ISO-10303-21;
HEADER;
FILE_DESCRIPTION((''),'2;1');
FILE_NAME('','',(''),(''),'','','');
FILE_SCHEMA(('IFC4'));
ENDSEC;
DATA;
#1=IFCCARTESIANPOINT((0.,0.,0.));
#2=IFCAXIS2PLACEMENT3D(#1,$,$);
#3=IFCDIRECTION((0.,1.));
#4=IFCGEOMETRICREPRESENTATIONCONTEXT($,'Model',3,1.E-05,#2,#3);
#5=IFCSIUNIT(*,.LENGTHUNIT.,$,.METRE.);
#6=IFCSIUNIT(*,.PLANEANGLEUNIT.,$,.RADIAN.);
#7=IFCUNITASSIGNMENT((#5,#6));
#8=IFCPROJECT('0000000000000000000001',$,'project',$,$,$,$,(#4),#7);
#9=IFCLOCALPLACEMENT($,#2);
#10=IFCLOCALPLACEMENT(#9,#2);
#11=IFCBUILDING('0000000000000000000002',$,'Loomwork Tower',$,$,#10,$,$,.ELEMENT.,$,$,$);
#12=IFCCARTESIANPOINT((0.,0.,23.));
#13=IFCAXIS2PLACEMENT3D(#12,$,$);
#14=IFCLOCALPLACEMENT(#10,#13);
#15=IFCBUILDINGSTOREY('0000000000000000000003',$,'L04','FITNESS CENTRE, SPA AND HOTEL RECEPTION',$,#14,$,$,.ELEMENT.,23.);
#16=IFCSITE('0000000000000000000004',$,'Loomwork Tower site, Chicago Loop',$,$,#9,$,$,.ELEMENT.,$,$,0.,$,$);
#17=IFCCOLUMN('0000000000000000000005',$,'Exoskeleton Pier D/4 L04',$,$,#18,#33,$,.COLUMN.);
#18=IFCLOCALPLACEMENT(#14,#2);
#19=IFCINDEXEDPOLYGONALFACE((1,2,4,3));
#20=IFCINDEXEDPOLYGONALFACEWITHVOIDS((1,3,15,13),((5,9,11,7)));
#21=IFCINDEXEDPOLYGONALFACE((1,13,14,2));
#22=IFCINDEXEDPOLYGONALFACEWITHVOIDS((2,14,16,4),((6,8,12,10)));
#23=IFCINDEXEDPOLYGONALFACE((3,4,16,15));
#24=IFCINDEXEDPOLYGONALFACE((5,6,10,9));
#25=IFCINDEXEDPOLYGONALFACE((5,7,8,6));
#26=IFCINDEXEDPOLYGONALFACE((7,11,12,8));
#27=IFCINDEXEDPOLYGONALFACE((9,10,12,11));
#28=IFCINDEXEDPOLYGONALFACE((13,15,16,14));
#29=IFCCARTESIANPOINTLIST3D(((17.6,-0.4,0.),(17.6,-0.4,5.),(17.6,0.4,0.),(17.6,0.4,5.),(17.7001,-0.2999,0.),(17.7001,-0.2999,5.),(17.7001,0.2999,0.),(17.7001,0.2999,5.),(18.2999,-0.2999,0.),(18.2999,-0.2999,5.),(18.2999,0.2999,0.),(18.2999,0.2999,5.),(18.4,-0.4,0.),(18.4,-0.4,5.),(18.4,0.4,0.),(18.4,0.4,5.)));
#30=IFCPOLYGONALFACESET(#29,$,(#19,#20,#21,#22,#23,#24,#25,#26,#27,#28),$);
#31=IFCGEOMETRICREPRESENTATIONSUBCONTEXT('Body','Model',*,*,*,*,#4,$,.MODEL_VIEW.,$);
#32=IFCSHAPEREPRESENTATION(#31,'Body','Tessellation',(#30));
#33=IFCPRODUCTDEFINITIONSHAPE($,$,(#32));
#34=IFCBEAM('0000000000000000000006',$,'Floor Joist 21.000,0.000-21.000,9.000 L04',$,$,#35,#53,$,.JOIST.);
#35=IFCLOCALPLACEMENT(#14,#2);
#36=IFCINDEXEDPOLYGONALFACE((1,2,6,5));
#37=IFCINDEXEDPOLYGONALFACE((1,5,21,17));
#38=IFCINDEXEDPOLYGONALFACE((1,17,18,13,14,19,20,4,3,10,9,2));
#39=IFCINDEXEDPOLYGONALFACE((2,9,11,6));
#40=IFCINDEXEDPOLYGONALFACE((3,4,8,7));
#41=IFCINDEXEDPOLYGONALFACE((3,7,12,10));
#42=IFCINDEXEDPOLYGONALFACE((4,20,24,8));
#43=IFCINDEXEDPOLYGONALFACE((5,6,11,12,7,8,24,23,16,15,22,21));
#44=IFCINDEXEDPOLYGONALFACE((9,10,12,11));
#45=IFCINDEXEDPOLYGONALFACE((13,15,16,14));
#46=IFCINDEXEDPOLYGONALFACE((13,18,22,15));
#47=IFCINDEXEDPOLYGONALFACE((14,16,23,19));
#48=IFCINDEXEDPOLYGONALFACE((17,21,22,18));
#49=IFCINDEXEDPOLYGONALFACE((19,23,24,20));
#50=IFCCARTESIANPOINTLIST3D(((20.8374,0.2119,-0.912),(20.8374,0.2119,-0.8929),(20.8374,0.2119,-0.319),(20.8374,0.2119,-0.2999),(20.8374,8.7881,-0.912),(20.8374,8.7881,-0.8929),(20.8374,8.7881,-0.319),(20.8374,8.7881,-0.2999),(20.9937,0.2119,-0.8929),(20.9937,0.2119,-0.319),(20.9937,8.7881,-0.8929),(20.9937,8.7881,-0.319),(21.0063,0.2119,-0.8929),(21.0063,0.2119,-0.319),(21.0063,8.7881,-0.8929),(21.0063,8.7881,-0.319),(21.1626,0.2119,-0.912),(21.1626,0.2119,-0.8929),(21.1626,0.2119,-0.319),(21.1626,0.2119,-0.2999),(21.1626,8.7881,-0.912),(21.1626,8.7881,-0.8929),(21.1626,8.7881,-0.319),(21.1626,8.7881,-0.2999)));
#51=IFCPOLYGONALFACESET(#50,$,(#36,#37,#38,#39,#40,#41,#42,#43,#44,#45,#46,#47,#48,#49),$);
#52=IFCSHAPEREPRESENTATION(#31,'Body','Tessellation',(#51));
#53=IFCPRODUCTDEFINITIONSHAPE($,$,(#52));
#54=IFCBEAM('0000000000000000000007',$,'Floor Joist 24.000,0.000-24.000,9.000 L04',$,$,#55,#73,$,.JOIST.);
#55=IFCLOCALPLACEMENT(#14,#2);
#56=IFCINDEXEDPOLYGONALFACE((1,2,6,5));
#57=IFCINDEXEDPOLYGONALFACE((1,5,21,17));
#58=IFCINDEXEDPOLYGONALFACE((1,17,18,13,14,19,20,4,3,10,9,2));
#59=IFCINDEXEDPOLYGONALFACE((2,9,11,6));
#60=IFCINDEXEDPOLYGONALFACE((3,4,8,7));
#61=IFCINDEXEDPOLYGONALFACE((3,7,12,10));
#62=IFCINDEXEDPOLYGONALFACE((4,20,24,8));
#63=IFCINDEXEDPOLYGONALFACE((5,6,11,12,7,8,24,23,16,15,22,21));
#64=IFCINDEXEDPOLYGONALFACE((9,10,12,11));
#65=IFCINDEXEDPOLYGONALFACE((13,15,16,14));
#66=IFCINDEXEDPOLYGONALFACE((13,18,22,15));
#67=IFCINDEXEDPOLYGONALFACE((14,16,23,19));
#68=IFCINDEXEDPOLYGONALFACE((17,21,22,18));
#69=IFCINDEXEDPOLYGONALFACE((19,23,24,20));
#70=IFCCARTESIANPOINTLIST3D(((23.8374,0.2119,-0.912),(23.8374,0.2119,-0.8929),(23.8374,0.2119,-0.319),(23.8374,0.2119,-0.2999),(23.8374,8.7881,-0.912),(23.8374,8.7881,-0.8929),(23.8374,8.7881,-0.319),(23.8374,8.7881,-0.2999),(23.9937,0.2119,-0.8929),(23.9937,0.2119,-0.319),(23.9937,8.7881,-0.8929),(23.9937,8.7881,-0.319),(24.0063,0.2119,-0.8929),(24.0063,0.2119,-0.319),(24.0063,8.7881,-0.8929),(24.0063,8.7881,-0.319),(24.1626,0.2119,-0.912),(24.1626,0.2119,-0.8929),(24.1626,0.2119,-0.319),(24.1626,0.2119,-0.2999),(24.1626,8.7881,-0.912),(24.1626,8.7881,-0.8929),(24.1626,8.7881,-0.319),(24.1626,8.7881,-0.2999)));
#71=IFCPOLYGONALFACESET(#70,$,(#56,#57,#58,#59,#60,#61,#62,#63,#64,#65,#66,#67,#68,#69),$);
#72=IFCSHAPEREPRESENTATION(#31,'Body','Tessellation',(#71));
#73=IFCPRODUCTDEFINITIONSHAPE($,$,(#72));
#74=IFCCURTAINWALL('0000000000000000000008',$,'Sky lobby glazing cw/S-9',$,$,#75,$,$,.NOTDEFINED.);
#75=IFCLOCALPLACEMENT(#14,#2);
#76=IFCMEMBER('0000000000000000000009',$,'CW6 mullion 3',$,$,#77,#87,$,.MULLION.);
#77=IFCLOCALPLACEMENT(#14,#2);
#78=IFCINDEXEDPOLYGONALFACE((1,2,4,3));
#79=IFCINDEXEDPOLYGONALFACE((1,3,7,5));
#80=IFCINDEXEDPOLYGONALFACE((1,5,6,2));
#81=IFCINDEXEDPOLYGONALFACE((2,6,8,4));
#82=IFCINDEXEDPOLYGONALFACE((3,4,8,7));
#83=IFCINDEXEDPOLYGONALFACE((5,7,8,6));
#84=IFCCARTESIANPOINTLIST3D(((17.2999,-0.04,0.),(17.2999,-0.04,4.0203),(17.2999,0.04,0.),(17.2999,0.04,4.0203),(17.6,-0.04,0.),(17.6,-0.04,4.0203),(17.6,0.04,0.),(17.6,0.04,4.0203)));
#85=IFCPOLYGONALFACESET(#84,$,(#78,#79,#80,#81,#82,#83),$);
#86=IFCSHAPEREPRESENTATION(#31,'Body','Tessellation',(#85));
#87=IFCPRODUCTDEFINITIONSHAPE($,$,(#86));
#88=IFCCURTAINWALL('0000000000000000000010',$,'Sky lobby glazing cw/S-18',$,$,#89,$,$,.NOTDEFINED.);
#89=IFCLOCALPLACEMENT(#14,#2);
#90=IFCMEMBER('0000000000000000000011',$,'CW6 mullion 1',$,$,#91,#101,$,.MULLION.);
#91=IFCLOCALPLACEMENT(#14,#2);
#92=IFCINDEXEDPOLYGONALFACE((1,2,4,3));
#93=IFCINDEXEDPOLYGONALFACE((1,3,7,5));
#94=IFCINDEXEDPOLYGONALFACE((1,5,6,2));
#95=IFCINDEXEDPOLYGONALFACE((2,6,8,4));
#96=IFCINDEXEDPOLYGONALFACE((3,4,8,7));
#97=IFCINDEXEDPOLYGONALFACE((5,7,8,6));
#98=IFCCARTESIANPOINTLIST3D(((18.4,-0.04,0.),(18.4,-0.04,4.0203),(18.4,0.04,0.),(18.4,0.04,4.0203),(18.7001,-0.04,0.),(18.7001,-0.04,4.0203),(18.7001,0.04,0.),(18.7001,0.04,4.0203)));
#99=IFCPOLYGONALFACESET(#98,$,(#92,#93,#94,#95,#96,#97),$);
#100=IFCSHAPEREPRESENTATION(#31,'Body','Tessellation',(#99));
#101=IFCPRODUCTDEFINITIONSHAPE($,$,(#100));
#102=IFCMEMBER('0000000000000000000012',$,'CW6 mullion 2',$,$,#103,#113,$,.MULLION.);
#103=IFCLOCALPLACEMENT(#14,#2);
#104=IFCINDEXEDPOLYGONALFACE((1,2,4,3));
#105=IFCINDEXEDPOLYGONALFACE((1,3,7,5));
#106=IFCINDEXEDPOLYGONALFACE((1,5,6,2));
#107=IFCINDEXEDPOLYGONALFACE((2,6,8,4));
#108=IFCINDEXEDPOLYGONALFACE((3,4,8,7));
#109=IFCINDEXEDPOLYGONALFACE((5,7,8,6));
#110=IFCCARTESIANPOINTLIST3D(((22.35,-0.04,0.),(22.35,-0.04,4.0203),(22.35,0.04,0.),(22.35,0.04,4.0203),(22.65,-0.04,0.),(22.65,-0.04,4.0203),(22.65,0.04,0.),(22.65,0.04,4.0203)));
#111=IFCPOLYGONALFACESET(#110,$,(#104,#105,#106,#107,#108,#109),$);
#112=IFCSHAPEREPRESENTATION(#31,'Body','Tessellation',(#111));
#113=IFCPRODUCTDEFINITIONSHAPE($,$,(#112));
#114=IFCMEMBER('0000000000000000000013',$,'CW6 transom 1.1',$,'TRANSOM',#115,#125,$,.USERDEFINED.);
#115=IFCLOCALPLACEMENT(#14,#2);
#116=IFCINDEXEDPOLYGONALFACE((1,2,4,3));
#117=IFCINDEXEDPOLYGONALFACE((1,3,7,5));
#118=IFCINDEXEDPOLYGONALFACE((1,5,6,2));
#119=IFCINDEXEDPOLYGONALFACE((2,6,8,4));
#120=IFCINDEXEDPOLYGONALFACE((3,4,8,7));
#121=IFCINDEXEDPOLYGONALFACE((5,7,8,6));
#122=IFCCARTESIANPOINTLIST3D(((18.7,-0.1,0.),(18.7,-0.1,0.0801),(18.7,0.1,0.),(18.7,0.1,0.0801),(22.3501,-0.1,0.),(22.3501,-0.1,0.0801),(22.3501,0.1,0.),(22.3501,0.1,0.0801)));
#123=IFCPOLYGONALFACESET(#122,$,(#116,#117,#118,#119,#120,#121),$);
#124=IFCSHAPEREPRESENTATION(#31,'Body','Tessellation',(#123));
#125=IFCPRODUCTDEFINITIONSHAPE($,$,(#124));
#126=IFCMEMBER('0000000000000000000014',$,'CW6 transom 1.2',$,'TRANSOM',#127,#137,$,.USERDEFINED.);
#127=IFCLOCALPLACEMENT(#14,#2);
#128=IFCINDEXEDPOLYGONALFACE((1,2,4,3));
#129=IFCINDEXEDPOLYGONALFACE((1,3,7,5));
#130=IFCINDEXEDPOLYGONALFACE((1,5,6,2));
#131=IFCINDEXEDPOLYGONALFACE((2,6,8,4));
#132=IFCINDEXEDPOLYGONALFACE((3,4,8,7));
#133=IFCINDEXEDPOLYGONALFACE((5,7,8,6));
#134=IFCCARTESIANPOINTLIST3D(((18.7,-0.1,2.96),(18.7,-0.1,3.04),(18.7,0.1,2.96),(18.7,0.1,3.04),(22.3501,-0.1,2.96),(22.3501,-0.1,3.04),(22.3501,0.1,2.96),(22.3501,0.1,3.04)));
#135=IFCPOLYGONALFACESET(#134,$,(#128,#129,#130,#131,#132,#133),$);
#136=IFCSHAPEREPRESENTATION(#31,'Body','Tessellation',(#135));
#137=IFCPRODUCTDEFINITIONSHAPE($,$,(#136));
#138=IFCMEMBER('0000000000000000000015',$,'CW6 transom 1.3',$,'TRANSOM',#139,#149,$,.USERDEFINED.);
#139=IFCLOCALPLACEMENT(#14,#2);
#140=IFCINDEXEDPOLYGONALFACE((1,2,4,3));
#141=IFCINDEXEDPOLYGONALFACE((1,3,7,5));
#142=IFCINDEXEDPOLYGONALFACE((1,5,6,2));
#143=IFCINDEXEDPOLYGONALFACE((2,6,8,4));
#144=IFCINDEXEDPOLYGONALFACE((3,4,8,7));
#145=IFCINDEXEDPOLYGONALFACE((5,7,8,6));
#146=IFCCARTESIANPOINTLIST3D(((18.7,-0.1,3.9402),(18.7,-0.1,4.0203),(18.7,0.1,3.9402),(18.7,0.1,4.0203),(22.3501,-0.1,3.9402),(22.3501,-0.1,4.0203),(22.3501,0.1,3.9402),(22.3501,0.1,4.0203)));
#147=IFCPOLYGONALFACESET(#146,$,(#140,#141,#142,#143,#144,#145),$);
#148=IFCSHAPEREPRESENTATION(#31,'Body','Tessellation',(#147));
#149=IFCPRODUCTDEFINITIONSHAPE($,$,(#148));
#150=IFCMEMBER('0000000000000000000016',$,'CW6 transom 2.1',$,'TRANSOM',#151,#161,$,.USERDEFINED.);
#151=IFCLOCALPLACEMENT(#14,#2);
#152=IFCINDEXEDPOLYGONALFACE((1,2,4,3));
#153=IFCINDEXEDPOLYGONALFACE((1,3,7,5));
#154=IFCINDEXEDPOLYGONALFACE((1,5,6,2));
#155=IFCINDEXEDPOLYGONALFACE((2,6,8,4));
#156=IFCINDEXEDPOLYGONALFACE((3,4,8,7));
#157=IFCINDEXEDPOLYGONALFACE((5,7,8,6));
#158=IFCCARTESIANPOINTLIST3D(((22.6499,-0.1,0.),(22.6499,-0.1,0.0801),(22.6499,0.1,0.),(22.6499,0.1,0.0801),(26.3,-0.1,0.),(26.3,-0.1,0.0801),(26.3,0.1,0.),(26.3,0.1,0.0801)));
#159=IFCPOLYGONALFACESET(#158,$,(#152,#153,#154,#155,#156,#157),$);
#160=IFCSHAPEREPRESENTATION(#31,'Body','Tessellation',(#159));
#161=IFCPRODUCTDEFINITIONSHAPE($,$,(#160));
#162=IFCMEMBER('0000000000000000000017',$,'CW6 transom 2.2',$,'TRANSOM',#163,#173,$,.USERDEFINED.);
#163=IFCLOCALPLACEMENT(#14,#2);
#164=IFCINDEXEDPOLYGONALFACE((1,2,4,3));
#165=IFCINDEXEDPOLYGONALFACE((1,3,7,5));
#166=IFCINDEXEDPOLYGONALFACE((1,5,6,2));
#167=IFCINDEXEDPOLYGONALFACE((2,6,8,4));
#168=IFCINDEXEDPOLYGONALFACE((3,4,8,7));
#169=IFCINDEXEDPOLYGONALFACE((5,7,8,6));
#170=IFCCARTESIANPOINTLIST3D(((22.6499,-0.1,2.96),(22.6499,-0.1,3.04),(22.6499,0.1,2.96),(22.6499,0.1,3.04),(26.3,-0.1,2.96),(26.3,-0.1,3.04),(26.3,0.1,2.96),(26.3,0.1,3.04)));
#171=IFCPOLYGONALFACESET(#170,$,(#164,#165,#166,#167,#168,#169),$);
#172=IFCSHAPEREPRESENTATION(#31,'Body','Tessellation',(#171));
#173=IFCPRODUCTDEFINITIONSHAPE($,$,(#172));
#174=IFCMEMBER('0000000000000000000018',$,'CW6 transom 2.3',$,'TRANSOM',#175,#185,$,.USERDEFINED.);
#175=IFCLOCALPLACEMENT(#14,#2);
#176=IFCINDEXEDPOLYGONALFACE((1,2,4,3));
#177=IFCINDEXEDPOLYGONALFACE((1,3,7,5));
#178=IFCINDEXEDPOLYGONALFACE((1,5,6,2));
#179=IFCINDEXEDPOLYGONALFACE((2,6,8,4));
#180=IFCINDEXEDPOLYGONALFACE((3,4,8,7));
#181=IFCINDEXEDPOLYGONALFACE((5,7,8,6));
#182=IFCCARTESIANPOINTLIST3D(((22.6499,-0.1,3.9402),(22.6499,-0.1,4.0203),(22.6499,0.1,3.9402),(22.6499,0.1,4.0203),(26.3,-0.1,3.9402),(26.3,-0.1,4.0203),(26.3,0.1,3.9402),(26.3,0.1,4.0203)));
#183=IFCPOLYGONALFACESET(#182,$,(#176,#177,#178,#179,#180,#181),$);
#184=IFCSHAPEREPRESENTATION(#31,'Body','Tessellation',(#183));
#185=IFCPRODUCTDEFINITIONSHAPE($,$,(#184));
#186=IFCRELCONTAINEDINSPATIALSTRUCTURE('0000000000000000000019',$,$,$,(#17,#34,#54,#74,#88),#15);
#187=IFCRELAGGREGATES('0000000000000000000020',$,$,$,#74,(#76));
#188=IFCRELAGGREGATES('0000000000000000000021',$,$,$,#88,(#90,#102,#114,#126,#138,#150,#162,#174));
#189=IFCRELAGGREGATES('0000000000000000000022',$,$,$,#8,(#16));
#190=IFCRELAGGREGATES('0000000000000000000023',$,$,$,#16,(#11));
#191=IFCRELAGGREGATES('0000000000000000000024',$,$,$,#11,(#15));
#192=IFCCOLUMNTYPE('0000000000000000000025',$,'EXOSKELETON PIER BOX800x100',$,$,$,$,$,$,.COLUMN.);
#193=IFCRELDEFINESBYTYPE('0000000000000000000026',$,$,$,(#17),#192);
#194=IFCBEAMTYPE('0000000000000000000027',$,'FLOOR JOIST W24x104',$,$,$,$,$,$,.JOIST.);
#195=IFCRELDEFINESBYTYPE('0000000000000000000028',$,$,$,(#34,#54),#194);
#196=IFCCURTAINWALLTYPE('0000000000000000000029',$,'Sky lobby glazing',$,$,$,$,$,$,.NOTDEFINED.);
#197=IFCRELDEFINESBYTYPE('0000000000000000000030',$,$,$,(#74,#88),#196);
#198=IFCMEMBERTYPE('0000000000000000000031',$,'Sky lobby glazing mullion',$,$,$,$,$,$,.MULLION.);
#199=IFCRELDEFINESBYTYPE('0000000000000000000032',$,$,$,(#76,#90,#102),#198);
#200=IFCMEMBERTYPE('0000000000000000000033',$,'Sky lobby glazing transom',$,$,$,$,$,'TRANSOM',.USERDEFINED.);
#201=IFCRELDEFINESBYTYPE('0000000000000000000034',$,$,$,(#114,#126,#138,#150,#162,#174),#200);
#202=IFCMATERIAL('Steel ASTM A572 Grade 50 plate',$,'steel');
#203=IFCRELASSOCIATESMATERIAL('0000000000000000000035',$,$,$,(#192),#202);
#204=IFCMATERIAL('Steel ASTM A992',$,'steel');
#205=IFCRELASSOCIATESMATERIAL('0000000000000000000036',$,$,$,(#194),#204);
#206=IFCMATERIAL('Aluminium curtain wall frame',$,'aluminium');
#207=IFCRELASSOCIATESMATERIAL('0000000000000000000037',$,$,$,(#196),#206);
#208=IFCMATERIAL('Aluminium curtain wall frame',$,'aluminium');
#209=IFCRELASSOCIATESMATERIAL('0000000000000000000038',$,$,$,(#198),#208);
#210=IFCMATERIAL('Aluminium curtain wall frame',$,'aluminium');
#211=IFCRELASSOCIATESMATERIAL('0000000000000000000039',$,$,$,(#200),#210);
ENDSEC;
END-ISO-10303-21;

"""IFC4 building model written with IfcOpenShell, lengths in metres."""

from ifc_helpers import new_model, si_unit, direction, frame, origin, origin_2d, place, context, subcontext, project, spatial, rectangle, hollow_rectangle, i_section, extrude, material, material_profile, profile_set, type_object, element, aggregate, save


model = new_model("IFC4")

# Units and contexts
model_context = context("Model", 3, precision=1e-05, world=origin(), true_north=direction((0.0, 1.0)))
body_context = subcontext(model_context, "Body", "Model", "MODEL_VIEW")
ifc_project = project(units=[si_unit("LENGTHUNIT", "METRE"), si_unit("PLANEANGLEUNIT", "RADIAN")], contexts=[model_context])

# Site, building, storey
site_placement = place(None, origin())
site = spatial("IfcSite", under=ifc_project, at=site_placement, Name="Loomwork Tower site, Chicago Loop", CompositionType="ELEMENT", RefElevation=0.0)
building_placement = place(site_placement, origin())
building = spatial("IfcBuilding", under=site, at=building_placement, Name="Loomwork Tower", CompositionType="ELEMENT")
storey_placement = place(building_placement, frame((0.0, 0.0, 23.0)))
storey = spatial("IfcBuildingStorey", under=building, at=storey_placement, Name="L04", Description="FITNESS CENTRE, SPA AND HOTEL RECEPTION", CompositionType="ELEMENT", Elevation=23.0)

# Column
ifc_material_1 = material(Name="Steel ASTM A572 Grade 50 plate", Category="steel")
ifc_material_profile_1 = material_profile(ifc_material_1, hollow_rectangle(XDim=0.8, YDim=0.8, WallThickness=0.1001, at=origin_2d()), Name="BOX800x100")
ifc_profile_set_1 = profile_set([ifc_material_profile_1], Name="Steel ASTM A572 Grade 50 plate")
column_type = type_object("IfcColumnType", Name="EXOSKELETON PIER BOX800x100", PredefinedType="COLUMN", material=ifc_profile_set_1)
column_placement = place(storey_placement, frame((18.0, 0.0, 0.0), z_axis=(0.0, 0.0, 1.0), x_axis=(1.0, 0.0, 0.0)))
element("IfcColumn", 1, at=column_placement, inside=storey, type_object=column_type, Name="Exoskeleton Pier D/4 L04", PredefinedType="COLUMN", context=body_context, shape_type="SweptSolid", body=[
    extrude(hollow_rectangle(XDim=0.8, YDim=0.8, WallThickness=0.1001, at=origin_2d()), origin(), (0.0, 0.0, 1.0), 5.0),
])

# Beams
ifc_material_2 = material(Name="Steel ASTM A992", Category="steel")
ifc_material_profile_2 = material_profile(ifc_material_2, i_section(OverallWidth=0.3252, OverallDepth=0.6121, WebThickness=0.0127, FlangeThickness=0.019, at=origin_2d()), Name="W24x104")
ifc_profile_set_2 = profile_set([ifc_material_profile_2], Name="Steel ASTM A992")
beam_type_1 = type_object("IfcBeamType", Name="FLOOR JOIST W24x104", PredefinedType="JOIST", material=ifc_profile_set_2)
for number, where, z_axis, x_axis, name in (
    (2, (21.0, 0.2119, -0.606), (0.0, 1.0, 0.0), (-1.0, 0.0, 0.0), "Floor Joist 21.000,0.000-21.000,9.000 L04"),
    (3, (24.0, 0.2119, -0.606), (0.0, 1.0, 0.0), (-1.0, 0.0, 0.0), "Floor Joist 24.000,0.000-24.000,9.000 L04"),
):
    element("IfcBeam", number, at=place(storey_placement, frame(where, z_axis=z_axis, x_axis=x_axis)), inside=storey, type_object=beam_type_1, Name=name, PredefinedType="JOIST", context=body_context, shape_type="SweptSolid", body=[
        extrude(i_section(OverallWidth=0.3252, OverallDepth=0.6121, WebThickness=0.0127, FlangeThickness=0.019, at=origin_2d()), origin(), (0.0, 0.0, 1.0), 8.5762),
    ])

# Curtain wall, member
ifc_material_3 = material(Name="Aluminium curtain wall frame", Category="aluminium")
curtain_wall_type = type_object("IfcCurtainWallType", Name="Sky lobby glazing", PredefinedType="NOTDEFINED", material=ifc_material_3)
curtain_wall_1_placement = place(storey_placement, origin())
curtain_wall_1 = element("IfcCurtainWall", 4, at=curtain_wall_1_placement, inside=storey, type_object=curtain_wall_type, Name="Sky lobby glazing cw/S-9", PredefinedType="NOTDEFINED")
ifc_material_4 = material(Name="Aluminium curtain wall frame", Category="aluminium")
ifc_material_profile_3 = material_profile(ifc_material_4, rectangle(XDim=0.0801, YDim=0.3, at=origin_2d()), Name="AL 80x300")
ifc_profile_set_3 = profile_set([ifc_material_profile_3], Name="Aluminium curtain wall frame")
member_type_1 = type_object("IfcMemberType", Name="Sky lobby glazing mullion", PredefinedType="MULLION", material=ifc_profile_set_3)
member_1_placement = place(storey_placement, frame((17.45, 0.0, 0.0), z_axis=(0.0, 0.0, 1.0), x_axis=(0.0, 1.0, 0.0)))
member_1 = element("IfcMember", 5, at=member_1_placement, type_object=member_type_1, Name="CW6 mullion 3", PredefinedType="MULLION", context=body_context, shape_type="SweptSolid", body=[
    extrude(rectangle(XDim=0.0801, YDim=0.3, at=origin_2d()), origin(), (0.0, 0.0, 1.0), 4.0203),
])

# Curtain wall, members
curtain_wall_2_placement = place(storey_placement, origin())
curtain_wall_2 = element("IfcCurtainWall", 6, at=curtain_wall_2_placement, inside=storey, type_object=curtain_wall_type, Name="Sky lobby glazing cw/S-18", PredefinedType="NOTDEFINED")
member_2_placement = place(storey_placement, frame((18.55, 0.0, 0.0), z_axis=(0.0, 0.0, 1.0), x_axis=(0.0, 1.0, 0.0)))
member_2 = element("IfcMember", 7, at=member_2_placement, type_object=member_type_1, Name="CW6 mullion 1", PredefinedType="MULLION", context=body_context, shape_type="SweptSolid", body=[
    extrude(rectangle(XDim=0.0801, YDim=0.3, at=origin_2d()), origin(), (0.0, 0.0, 1.0), 4.0203),
])
member_3_placement = place(storey_placement, frame((22.5, 0.0, 0.0), z_axis=(0.0, 0.0, 1.0), x_axis=(0.0, 1.0, 0.0)))
member_3 = element("IfcMember", 8, at=member_3_placement, type_object=member_type_1, Name="CW6 mullion 2", PredefinedType="MULLION", context=body_context, shape_type="SweptSolid", body=[
    extrude(rectangle(XDim=0.0801, YDim=0.3, at=origin_2d()), origin(), (0.0, 0.0, 1.0), 4.0203),
])
ifc_material_5 = material(Name="Aluminium curtain wall frame", Category="aluminium")
ifc_material_profile_4 = material_profile(ifc_material_5, rectangle(XDim=0.2, YDim=0.0801, at=origin_2d()), Name="AL 80x200")
ifc_profile_set_4 = profile_set([ifc_material_profile_4], Name="Aluminium curtain wall frame")
member_type_2 = type_object("IfcMemberType", Name="Sky lobby glazing transom", ElementType="TRANSOM", PredefinedType="USERDEFINED", material=ifc_profile_set_4)
member_4_placement = place(storey_placement, frame((18.7, 0.0, 0.04), z_axis=(1.0, 0.0, 0.0), x_axis=(0.0, 1.0, 0.0)))
member_4 = element("IfcMember", 9, at=member_4_placement, type_object=member_type_2, Name="CW6 transom 1.1", ObjectType="TRANSOM", PredefinedType="USERDEFINED", context=body_context, shape_type="SweptSolid", body=[
    extrude(rectangle(XDim=0.2, YDim=0.0801, at=origin_2d()), origin(), (0.0, 0.0, 1.0), 3.6501),
])
member_5_placement = place(storey_placement, frame((18.7, 0.0, 3.0), z_axis=(1.0, 0.0, 0.0), x_axis=(0.0, 1.0, 0.0)))
member_5 = element("IfcMember", 10, at=member_5_placement, type_object=member_type_2, Name="CW6 transom 1.2", ObjectType="TRANSOM", PredefinedType="USERDEFINED", context=body_context, shape_type="SweptSolid", body=[
    extrude(rectangle(XDim=0.2, YDim=0.0801, at=origin_2d()), origin(), (0.0, 0.0, 1.0), 3.6501),
])
member_6_placement = place(storey_placement, frame((18.7, 0.0, 3.9802), z_axis=(1.0, 0.0, 0.0), x_axis=(0.0, 1.0, 0.0)))
member_6 = element("IfcMember", 11, at=member_6_placement, type_object=member_type_2, Name="CW6 transom 1.3", ObjectType="TRANSOM", PredefinedType="USERDEFINED", context=body_context, shape_type="SweptSolid", body=[
    extrude(rectangle(XDim=0.2, YDim=0.0801, at=origin_2d()), origin(), (0.0, 0.0, 1.0), 3.6501),
])
member_7_placement = place(storey_placement, frame((22.6499, 0.0, 0.04), z_axis=(1.0, 0.0, 0.0), x_axis=(0.0, 1.0, 0.0)))
member_7 = element("IfcMember", 12, at=member_7_placement, type_object=member_type_2, Name="CW6 transom 2.1", ObjectType="TRANSOM", PredefinedType="USERDEFINED", context=body_context, shape_type="SweptSolid", body=[
    extrude(rectangle(XDim=0.2, YDim=0.0801, at=origin_2d()), origin(), (0.0, 0.0, 1.0), 3.6501),
])
member_8_placement = place(storey_placement, frame((22.6499, 0.0, 3.0), z_axis=(1.0, 0.0, 0.0), x_axis=(0.0, 1.0, 0.0)))
member_8 = element("IfcMember", 13, at=member_8_placement, type_object=member_type_2, Name="CW6 transom 2.2", ObjectType="TRANSOM", PredefinedType="USERDEFINED", context=body_context, shape_type="SweptSolid", body=[
    extrude(rectangle(XDim=0.2, YDim=0.0801, at=origin_2d()), origin(), (0.0, 0.0, 1.0), 3.6501),
])
member_9_placement = place(storey_placement, frame((22.6499, 0.0, 3.9802), z_axis=(1.0, 0.0, 0.0), x_axis=(0.0, 1.0, 0.0)))
member_9 = element("IfcMember", 14, at=member_9_placement, type_object=member_type_2, Name="CW6 transom 2.3", ObjectType="TRANSOM", PredefinedType="USERDEFINED", context=body_context, shape_type="SweptSolid", body=[
    extrude(rectangle(XDim=0.2, YDim=0.0801, at=origin_2d()), origin(), (0.0, 0.0, 1.0), 3.6501),
])

aggregate(curtain_wall_1, [member_1])
aggregate(curtain_wall_2, [member_2, member_3, member_4, member_5, member_6, member_7, member_8, member_9])

save(model, "model.ifc")
